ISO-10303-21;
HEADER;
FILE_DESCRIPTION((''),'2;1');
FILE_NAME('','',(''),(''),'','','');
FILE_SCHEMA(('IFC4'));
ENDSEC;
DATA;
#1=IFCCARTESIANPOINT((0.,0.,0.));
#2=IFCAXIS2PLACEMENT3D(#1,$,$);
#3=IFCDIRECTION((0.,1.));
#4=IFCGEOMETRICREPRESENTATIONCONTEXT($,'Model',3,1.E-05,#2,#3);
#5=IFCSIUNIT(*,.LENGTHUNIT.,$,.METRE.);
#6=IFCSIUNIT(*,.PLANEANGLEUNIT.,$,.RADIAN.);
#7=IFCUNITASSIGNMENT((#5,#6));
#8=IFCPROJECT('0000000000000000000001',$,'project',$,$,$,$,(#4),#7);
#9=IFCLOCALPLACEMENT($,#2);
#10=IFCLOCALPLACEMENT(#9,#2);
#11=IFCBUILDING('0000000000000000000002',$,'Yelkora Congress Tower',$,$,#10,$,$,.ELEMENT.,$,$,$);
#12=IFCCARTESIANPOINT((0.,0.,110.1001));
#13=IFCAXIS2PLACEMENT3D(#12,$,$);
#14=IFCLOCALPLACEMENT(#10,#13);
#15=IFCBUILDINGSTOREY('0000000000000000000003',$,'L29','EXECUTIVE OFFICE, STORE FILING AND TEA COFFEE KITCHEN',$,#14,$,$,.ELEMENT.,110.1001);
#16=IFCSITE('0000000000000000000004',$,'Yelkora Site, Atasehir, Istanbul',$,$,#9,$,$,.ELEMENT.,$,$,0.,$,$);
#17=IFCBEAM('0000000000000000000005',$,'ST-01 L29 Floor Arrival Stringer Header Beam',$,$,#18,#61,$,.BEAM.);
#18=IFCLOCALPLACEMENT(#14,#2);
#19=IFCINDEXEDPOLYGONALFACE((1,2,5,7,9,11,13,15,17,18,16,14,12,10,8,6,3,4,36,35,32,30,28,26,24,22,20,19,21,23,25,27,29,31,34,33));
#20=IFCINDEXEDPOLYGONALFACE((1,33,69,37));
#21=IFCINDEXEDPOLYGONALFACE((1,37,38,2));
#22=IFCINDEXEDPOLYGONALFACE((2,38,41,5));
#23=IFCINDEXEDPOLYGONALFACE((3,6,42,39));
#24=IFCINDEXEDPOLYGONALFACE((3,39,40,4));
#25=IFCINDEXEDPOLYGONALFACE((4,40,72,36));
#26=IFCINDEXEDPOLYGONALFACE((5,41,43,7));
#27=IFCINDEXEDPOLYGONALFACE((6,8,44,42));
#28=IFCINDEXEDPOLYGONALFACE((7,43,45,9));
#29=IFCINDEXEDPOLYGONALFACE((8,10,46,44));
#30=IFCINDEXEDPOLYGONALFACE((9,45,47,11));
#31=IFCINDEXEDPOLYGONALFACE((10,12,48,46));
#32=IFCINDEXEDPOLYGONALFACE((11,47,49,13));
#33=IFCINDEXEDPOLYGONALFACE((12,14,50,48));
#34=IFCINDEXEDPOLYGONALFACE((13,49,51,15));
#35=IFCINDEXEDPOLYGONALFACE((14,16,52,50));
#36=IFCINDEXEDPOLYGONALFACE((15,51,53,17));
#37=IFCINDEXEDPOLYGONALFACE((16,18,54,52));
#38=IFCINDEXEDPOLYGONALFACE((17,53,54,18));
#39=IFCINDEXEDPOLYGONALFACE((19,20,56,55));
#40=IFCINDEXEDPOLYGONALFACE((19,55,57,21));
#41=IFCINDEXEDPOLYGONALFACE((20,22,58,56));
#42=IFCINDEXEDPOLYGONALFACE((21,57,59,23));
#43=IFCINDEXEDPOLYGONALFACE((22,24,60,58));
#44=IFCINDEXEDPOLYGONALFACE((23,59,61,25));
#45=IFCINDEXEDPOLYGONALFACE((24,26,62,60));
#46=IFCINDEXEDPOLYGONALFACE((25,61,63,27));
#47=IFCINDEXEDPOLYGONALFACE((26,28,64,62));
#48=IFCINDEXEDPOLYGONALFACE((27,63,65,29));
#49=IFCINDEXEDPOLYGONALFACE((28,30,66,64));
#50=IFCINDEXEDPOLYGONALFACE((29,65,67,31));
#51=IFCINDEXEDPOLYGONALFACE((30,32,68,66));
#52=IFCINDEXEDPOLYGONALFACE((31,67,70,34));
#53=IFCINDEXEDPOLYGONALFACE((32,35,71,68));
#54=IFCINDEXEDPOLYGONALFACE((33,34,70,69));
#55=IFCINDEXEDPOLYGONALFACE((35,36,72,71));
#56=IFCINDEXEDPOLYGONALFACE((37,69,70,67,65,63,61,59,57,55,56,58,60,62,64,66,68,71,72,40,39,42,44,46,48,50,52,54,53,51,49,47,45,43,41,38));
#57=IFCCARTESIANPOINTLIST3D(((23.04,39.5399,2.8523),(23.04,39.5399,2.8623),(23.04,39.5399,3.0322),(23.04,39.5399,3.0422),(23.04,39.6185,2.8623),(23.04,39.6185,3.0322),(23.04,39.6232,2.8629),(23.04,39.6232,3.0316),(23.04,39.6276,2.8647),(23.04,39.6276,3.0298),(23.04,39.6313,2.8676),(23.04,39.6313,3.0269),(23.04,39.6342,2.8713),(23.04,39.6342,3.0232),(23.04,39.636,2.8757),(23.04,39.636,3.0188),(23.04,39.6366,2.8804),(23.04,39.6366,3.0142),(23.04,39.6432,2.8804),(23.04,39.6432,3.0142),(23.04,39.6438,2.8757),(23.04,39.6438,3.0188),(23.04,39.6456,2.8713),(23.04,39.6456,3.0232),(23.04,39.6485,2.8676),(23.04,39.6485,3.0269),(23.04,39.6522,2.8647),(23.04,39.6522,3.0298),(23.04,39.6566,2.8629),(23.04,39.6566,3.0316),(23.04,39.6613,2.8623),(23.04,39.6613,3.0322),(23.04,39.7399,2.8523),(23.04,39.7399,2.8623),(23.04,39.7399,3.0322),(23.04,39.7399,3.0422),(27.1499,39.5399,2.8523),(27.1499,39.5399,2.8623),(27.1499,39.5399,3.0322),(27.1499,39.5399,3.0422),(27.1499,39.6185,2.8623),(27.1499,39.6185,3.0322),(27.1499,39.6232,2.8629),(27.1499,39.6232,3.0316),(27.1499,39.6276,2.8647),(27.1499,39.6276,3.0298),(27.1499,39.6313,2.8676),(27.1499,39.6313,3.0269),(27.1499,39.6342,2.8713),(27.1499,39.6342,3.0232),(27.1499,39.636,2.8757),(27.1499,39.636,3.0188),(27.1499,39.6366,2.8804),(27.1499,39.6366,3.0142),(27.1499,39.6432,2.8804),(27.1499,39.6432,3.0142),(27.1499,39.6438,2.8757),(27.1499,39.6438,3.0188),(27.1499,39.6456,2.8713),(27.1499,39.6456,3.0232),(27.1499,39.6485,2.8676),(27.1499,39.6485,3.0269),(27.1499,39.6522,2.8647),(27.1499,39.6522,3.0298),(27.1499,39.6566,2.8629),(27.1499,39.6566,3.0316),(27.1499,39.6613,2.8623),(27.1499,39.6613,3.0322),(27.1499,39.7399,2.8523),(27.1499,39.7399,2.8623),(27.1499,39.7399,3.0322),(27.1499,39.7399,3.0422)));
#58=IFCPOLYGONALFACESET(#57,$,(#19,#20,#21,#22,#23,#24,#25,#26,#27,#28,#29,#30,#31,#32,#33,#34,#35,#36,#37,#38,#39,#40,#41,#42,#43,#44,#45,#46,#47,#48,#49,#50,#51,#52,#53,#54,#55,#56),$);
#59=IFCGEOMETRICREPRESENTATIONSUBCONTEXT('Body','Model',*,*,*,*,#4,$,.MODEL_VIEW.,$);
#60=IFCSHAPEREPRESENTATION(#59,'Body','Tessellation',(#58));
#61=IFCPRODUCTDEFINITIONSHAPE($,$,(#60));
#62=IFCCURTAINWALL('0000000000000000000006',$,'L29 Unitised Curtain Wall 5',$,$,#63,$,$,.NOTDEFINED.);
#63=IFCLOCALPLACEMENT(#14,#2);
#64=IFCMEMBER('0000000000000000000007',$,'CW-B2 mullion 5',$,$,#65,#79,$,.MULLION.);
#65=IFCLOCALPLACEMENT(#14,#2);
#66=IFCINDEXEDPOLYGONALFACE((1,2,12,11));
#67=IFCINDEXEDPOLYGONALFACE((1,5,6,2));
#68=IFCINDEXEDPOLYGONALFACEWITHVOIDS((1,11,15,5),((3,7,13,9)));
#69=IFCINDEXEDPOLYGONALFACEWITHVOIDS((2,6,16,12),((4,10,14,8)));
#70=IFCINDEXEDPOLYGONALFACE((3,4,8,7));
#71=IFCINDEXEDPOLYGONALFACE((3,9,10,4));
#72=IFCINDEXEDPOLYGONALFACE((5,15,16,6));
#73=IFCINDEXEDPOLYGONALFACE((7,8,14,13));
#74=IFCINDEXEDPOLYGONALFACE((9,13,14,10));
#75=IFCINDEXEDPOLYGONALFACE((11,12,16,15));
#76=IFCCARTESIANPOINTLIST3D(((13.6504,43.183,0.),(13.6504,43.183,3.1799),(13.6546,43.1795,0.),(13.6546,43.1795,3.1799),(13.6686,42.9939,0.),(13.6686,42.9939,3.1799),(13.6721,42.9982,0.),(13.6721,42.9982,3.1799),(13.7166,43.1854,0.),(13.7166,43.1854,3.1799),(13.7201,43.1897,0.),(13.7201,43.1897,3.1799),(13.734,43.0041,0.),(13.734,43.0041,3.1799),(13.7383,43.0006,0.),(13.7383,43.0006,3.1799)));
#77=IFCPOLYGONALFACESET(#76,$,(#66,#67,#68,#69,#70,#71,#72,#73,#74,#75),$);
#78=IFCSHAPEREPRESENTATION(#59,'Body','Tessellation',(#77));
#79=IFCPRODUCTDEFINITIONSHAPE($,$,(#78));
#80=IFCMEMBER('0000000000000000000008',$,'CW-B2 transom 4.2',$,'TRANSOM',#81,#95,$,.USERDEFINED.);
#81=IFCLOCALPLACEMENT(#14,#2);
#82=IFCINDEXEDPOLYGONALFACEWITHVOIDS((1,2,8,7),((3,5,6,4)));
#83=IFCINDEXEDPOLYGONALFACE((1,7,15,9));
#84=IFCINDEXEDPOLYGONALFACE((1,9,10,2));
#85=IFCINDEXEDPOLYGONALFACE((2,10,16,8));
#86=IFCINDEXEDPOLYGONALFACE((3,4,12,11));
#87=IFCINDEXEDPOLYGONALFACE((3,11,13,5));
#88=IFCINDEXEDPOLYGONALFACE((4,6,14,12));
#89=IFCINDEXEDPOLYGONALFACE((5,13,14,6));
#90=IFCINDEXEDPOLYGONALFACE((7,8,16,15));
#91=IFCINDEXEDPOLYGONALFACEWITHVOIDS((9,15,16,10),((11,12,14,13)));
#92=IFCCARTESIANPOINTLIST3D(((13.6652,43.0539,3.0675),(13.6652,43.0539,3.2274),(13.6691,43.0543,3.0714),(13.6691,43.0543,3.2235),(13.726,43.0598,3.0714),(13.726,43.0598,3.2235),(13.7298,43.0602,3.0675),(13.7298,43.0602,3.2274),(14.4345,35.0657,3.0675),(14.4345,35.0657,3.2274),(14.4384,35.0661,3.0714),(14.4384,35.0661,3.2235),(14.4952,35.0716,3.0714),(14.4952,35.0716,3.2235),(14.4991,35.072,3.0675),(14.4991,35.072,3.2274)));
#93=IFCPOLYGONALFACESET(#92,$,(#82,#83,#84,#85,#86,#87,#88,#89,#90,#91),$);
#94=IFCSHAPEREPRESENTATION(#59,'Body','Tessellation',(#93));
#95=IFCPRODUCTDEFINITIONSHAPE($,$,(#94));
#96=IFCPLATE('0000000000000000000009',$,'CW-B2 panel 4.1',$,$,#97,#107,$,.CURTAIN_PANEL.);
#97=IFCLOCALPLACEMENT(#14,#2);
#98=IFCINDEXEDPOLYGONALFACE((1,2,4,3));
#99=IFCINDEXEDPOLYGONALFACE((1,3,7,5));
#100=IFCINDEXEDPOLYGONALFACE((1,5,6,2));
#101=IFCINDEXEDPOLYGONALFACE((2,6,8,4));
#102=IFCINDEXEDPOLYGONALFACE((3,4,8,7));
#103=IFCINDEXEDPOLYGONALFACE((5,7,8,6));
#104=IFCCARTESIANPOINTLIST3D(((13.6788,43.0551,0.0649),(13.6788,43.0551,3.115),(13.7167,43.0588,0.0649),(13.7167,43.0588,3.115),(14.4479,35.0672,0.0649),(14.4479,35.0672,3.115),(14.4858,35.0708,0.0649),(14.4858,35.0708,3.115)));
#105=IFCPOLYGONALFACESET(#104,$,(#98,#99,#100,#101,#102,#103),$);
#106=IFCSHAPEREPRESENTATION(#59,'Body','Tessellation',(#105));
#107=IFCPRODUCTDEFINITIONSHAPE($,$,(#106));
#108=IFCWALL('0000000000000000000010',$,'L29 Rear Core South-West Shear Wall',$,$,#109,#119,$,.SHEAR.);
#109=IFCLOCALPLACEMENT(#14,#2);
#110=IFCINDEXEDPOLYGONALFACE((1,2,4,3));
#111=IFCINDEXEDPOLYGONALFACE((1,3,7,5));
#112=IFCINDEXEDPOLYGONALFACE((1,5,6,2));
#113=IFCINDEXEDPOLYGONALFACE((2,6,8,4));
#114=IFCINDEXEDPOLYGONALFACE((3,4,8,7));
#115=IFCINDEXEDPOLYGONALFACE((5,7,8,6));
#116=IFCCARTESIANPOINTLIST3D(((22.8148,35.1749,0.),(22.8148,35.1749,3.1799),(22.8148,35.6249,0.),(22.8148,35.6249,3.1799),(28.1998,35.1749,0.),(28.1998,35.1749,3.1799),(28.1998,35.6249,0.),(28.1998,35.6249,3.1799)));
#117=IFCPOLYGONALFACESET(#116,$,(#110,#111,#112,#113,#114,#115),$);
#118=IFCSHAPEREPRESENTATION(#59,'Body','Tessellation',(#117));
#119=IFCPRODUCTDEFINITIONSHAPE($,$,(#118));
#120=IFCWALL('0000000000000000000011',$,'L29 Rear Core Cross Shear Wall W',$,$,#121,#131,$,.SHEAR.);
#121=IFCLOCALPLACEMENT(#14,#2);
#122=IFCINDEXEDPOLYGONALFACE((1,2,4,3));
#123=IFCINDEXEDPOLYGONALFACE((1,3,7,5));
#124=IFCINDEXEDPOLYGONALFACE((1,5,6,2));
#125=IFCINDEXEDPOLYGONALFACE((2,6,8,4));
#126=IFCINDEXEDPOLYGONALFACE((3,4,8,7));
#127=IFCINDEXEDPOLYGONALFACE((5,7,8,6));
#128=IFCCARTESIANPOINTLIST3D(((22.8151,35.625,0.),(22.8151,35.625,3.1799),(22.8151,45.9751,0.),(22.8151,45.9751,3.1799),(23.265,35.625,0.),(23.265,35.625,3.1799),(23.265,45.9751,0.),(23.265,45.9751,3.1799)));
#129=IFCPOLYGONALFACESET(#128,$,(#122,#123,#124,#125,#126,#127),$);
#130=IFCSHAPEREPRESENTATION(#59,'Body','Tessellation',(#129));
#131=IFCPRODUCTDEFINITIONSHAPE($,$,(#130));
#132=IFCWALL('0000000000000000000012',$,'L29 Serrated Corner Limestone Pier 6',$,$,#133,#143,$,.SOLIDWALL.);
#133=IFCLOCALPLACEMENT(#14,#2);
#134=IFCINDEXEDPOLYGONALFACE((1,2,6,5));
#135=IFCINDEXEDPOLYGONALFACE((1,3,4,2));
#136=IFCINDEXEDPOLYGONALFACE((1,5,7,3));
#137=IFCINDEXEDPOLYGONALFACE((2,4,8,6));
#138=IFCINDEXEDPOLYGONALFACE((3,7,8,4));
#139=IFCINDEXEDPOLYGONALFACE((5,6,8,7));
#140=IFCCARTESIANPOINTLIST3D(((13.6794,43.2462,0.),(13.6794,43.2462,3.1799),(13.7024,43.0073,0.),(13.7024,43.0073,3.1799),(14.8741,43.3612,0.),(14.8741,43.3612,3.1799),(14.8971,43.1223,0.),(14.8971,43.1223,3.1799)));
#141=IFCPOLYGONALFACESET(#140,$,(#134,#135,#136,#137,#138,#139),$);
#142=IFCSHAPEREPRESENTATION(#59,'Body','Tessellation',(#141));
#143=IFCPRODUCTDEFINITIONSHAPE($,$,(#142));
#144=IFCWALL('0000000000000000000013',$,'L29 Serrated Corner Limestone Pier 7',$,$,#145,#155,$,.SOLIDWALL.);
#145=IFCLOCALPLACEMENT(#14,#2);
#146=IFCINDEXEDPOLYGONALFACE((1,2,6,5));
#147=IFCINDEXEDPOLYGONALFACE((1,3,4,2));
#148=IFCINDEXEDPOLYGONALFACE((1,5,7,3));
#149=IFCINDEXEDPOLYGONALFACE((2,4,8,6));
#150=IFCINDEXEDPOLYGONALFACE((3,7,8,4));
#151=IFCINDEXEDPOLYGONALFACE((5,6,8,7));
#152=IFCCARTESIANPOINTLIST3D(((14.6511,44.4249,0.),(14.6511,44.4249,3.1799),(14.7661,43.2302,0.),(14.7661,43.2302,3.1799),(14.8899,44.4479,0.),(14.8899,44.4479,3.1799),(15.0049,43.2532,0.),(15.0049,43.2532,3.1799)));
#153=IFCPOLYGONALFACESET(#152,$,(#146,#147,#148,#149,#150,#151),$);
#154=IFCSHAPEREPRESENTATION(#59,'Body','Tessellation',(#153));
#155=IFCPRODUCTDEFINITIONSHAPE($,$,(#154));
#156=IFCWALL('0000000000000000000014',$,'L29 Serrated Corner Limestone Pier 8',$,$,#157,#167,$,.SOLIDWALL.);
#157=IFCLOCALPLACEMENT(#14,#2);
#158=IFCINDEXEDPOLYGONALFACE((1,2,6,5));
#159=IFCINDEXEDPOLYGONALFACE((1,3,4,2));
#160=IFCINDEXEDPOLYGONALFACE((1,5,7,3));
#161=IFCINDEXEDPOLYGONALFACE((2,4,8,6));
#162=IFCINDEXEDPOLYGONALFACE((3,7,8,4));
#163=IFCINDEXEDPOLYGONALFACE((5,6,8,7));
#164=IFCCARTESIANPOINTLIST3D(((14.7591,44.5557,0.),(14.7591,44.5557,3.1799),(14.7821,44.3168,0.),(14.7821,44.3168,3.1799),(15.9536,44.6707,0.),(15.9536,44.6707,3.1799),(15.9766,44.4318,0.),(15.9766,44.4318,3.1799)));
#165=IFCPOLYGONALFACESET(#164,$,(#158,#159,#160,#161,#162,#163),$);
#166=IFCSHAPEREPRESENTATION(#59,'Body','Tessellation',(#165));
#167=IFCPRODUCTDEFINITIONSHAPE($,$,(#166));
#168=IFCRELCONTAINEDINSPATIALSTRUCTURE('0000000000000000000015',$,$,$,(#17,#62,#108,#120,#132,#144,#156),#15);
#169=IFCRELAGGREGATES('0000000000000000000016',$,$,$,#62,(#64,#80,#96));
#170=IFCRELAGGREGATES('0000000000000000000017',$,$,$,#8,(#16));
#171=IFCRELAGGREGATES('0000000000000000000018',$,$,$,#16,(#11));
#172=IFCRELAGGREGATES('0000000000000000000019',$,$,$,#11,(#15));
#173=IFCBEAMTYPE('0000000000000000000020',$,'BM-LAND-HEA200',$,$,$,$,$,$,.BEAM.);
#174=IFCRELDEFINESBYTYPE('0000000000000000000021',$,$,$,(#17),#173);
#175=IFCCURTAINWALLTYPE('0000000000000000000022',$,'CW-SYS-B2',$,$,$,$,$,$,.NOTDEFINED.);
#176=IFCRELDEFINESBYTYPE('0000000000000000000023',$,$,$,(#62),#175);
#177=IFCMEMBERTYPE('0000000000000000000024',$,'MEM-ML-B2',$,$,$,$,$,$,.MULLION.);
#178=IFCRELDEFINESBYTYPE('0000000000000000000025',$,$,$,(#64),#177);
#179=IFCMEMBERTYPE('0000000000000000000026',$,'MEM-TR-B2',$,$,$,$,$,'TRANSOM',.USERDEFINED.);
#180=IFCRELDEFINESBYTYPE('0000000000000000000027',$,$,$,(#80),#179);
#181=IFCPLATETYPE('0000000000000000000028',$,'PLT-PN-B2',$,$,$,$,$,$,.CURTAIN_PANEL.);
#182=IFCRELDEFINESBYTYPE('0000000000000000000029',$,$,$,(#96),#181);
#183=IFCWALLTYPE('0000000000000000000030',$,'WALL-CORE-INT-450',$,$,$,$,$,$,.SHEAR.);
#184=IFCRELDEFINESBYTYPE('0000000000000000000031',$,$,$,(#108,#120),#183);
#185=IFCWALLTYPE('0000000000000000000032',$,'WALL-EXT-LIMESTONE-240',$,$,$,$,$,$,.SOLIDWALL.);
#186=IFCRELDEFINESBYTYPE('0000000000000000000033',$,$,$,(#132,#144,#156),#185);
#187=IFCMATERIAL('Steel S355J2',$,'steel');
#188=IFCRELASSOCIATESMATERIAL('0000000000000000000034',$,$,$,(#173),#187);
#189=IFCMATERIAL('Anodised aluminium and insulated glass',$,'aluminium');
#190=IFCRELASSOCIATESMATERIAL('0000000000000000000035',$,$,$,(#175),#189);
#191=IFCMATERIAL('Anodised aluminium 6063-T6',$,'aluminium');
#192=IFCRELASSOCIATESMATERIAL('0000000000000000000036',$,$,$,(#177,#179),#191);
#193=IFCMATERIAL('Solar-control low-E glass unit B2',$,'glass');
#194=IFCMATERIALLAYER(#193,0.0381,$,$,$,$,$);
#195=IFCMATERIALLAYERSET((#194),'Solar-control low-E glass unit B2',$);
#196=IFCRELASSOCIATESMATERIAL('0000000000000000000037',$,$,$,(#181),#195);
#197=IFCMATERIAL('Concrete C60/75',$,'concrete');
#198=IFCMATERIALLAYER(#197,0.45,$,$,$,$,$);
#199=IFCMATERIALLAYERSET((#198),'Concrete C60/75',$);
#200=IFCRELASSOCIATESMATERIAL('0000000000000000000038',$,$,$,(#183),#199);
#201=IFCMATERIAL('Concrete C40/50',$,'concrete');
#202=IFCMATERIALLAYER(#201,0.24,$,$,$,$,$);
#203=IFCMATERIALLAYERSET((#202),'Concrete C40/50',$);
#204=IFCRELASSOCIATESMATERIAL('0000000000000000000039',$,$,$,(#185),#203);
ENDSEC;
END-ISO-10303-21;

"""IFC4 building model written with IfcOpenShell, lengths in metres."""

from ifc_helpers import new_model, si_unit, direction, frame, frame_2d, origin, origin_2d, place, context, subcontext, project, spatial, rectangle, hollow_rectangle, i_section, extrude, material, layer, layer_set, material_profile, profile_set, type_object, element, aggregate, save


model = new_model("IFC4")

# Units and contexts
model_context = context("Model", 3, precision=1e-05, world=origin(), true_north=direction((0.0, 1.0)))
body_context = subcontext(model_context, "Body", "Model", "MODEL_VIEW")
ifc_project = project(units=[si_unit("LENGTHUNIT", "METRE"), si_unit("PLANEANGLEUNIT", "RADIAN")], contexts=[model_context])

# Site, building, storey
site_placement = place(None, origin())
site = spatial("IfcSite", under=ifc_project, at=site_placement, Name="Yelkora Site, Atasehir, Istanbul", CompositionType="ELEMENT", RefElevation=0.0)
building_placement = place(site_placement, origin())
building = spatial("IfcBuilding", under=site, at=building_placement, Name="Yelkora Congress Tower", CompositionType="ELEMENT")
storey_placement = place(building_placement, frame((0.0, 0.0, 110.1001)))
storey = spatial("IfcBuildingStorey", under=building, at=storey_placement, Name="L29", Description="EXECUTIVE OFFICE, STORE FILING AND TEA COFFEE KITCHEN", CompositionType="ELEMENT", Elevation=110.1001)

# Beam
ifc_material_1 = material(Name="Steel S355J2", Category="steel")
ifc_material_profile_1 = material_profile(ifc_material_1, i_section(OverallWidth=0.2, OverallDepth=0.1899, WebThickness=0.0066, FlangeThickness=0.01, FilletRadius=0.0181, at=origin_2d()), Name="HEA 200")
ifc_profile_set_1 = profile_set([ifc_material_profile_1], Name="Steel S355J2")
beam_type_1 = type_object("IfcBeamType", Name="BM-LAND-HEA200", PredefinedType="BEAM", material=ifc_profile_set_1)
beam_1_placement = place(storey_placement, frame((23.04, 39.6399, 2.9473), z_axis=(1.0, 0.0, 0.0), x_axis=(0.0, 1.0, 0.0)))
element("IfcBeam", 1, at=beam_1_placement, inside=storey, type_object=beam_type_1, Name="ST-01 L29 Floor Arrival Stringer Header Beam", PredefinedType="BEAM", context=body_context, shape_type="SweptSolid", body=[
    extrude(i_section(OverallWidth=0.2, OverallDepth=0.1899, WebThickness=0.0066, FlangeThickness=0.01, FilletRadius=0.0181, at=origin_2d()), origin(), (0.0, 0.0, 1.0), 4.1099),
])

# Curtain wall, members, plate
ifc_material_2 = material(Name="Anodised aluminium and insulated glass", Category="aluminium")
curtain_wall_type = type_object("IfcCurtainWallType", Name="CW-SYS-B2", PredefinedType="NOTDEFINED", material=ifc_material_2)
curtain_wall_placement = place(storey_placement, origin())
curtain_wall = element("IfcCurtainWall", 2, at=curtain_wall_placement, inside=storey, type_object=curtain_wall_type, Name="L29 Unitised Curtain Wall 5", PredefinedType="NOTDEFINED")
ifc_material_3 = material(Name="Anodised aluminium 6063-T6", Category="aluminium")
ifc_material_profile_2 = material_profile(ifc_material_3, hollow_rectangle(XDim=0.0701, YDim=0.1899, WallThickness=0.0039, at=origin_2d()), Name="ALU 70x190x4")
ifc_profile_set_2 = profile_set([ifc_material_profile_2], Name="Anodised aluminium 6063-T6")
member_type_1 = type_object("IfcMemberType", Name="MEM-ML-B2", PredefinedType="MULLION", material=ifc_profile_set_2)
member_1_placement = place(storey_placement, frame((13.6943, 43.0918, 0.0), z_axis=(0.0, 0.0, 1.0), x_axis=(-0.995397, -0.095843, 0.0)))
member_1 = element("IfcMember", 3, at=member_1_placement, type_object=member_type_1, Name="CW-B2 mullion 5", PredefinedType="MULLION", context=body_context, shape_type="SweptSolid", body=[
    extrude(hollow_rectangle(XDim=0.0701, YDim=0.1899, WallThickness=0.0039, at=origin_2d()), origin(), (0.0, 0.0, 1.0), 3.1799),
])
ifc_material_profile_3 = material_profile(ifc_material_3, hollow_rectangle(XDim=0.0649, YDim=0.1599, WallThickness=0.0039, at=origin_2d()), Name="ALU 65x160x4")
ifc_profile_set_3 = profile_set([ifc_material_profile_3], Name="Anodised aluminium 6063-T6")
member_type_2 = type_object("IfcMemberType", Name="MEM-TR-B2", ElementType="TRANSOM", PredefinedType="USERDEFINED", material=ifc_profile_set_3)
member_2_placement = place(storey_placement, frame((14.4668, 35.0688, 3.1475), z_axis=(-0.095858, 0.995395, 0.0), x_axis=(-0.995395, -0.095858, 0.0)))
member_2 = element("IfcMember", 4, at=member_2_placement, type_object=member_type_2, Name="CW-B2 transom 4.2", ObjectType="TRANSOM", PredefinedType="USERDEFINED", context=body_context, shape_type="SweptSolid", body=[
    extrude(hollow_rectangle(XDim=0.0649, YDim=0.1599, WallThickness=0.0039, at=origin_2d()), origin(), (0.0, 0.0, 1.0), 8.0251),
])
ifc_material_4 = material(Name="Solar-control low-E glass unit B2", Category="glass")
ifc_layer_1 = layer(ifc_material_4, 0.0381)
ifc_layer_set_1 = layer_set([ifc_layer_1], Name="Solar-control low-E glass unit B2")
plate_type = type_object("IfcPlateType", Name="PLT-PN-B2", PredefinedType="CURTAIN_PANEL", material=ifc_layer_set_1)
plate_placement = place(storey_placement, frame((14.0823, 39.063, 0.0649), z_axis=(0.0, 0.0, 1.0), x_axis=(-0.095843, 0.995397, 0.0)))
plate = element("IfcPlate", 5, at=plate_placement, type_object=plate_type, Name="CW-B2 panel 4.1", PredefinedType="CURTAIN_PANEL", context=body_context, shape_type="SweptSolid", body=[
    extrude(rectangle(XDim=8.0249, YDim=0.0381, at=origin_2d()), origin(), (0.0, 0.0, 1.0), 3.05),
])
aggregate(curtain_wall, [member_1, member_2, plate])

# Walls
ifc_material_5 = material(Name="Concrete C60/75", Category="concrete")
ifc_layer_2 = layer(ifc_material_5, 0.45)
ifc_layer_set_2 = layer_set([ifc_layer_2], Name="Concrete C60/75")
wall_type_1 = type_object("IfcWallType", Name="WALL-CORE-INT-450", PredefinedType="SHEAR", material=ifc_layer_set_2)
wall_1_placement = place(storey_placement, frame((22.8149, 35.3999, 0.0), z_axis=(0.0, 0.0, 1.0), x_axis=(1.0, 0.0, 0.0)))
element("IfcWall", 6, at=wall_1_placement, inside=storey, type_object=wall_type_1, Name="L29 Rear Core South-West Shear Wall", PredefinedType="SHEAR", context=body_context, shape_type="SweptSolid", body=[
    extrude(rectangle(XDim=5.385, YDim=0.45, at=frame_2d((2.6924, 0.0))), origin(), (0.0, 0.0, 1.0), 3.1799),
])
wall_2_placement = place(storey_placement, frame((23.04, 35.625, 0.0), z_axis=(0.0, 0.0, 1.0), x_axis=(0.0, 1.0, 0.0)))
element("IfcWall", 7, at=wall_2_placement, inside=storey, type_object=wall_type_1, Name="L29 Rear Core Cross Shear Wall W", PredefinedType="SHEAR", context=body_context, shape_type="SweptSolid", body=[
    extrude(rectangle(XDim=10.3501, YDim=0.45, at=frame_2d((5.175, 0.0))), origin(), (0.0, 0.0, 1.0), 3.1799),
])
ifc_material_6 = material(Name="Concrete C40/50", Category="concrete")
ifc_layer_3 = layer(ifc_material_6, 0.24)
ifc_layer_set_3 = layer_set([ifc_layer_3], Name="Concrete C40/50")
wall_type_2 = type_object("IfcWallType", Name="WALL-EXT-LIMESTONE-240", PredefinedType="SOLIDWALL", material=ifc_layer_set_3)
for number, where, z_axis, x_axis, name in (
    (8, (13.6909, 43.1267, 0.0), (0.0, 0.0, 1.0), (0.995399, 0.095817, 0.0), "L29 Serrated Corner Limestone Pier 6"),
    (9, (14.8855, 43.2417, 0.0), (0.0, 0.0, 1.0), (-0.095817, 0.995399, 0.0), "L29 Serrated Corner Limestone Pier 7"),
):
    element("IfcWall", number, at=place(storey_placement, frame(where, z_axis=z_axis, x_axis=x_axis)), inside=storey, type_object=wall_type_2, Name=name, PredefinedType="SOLIDWALL", context=body_context, shape_type="SweptSolid", body=[
        extrude(rectangle(XDim=1.2002, YDim=0.24, at=frame_2d((0.6001, 0.0))), origin(), (0.0, 0.0, 1.0), 3.1799),
    ])
wall_3_placement = place(storey_placement, frame((14.7705, 44.4363, 0.0), z_axis=(0.0, 0.0, 1.0), x_axis=(0.995397, 0.095836, 0.0)))
element("IfcWall", 10, at=wall_3_placement, inside=storey, type_object=wall_type_2, Name="L29 Serrated Corner Limestone Pier 8", PredefinedType="SOLIDWALL", context=body_context, shape_type="SweptSolid", body=[
    extrude(rectangle(XDim=1.2, YDim=0.24, at=frame_2d((0.6001, 0.0))), origin(), (0.0, 0.0, 1.0), 3.1799),
])

save(model, "model.ifc")
